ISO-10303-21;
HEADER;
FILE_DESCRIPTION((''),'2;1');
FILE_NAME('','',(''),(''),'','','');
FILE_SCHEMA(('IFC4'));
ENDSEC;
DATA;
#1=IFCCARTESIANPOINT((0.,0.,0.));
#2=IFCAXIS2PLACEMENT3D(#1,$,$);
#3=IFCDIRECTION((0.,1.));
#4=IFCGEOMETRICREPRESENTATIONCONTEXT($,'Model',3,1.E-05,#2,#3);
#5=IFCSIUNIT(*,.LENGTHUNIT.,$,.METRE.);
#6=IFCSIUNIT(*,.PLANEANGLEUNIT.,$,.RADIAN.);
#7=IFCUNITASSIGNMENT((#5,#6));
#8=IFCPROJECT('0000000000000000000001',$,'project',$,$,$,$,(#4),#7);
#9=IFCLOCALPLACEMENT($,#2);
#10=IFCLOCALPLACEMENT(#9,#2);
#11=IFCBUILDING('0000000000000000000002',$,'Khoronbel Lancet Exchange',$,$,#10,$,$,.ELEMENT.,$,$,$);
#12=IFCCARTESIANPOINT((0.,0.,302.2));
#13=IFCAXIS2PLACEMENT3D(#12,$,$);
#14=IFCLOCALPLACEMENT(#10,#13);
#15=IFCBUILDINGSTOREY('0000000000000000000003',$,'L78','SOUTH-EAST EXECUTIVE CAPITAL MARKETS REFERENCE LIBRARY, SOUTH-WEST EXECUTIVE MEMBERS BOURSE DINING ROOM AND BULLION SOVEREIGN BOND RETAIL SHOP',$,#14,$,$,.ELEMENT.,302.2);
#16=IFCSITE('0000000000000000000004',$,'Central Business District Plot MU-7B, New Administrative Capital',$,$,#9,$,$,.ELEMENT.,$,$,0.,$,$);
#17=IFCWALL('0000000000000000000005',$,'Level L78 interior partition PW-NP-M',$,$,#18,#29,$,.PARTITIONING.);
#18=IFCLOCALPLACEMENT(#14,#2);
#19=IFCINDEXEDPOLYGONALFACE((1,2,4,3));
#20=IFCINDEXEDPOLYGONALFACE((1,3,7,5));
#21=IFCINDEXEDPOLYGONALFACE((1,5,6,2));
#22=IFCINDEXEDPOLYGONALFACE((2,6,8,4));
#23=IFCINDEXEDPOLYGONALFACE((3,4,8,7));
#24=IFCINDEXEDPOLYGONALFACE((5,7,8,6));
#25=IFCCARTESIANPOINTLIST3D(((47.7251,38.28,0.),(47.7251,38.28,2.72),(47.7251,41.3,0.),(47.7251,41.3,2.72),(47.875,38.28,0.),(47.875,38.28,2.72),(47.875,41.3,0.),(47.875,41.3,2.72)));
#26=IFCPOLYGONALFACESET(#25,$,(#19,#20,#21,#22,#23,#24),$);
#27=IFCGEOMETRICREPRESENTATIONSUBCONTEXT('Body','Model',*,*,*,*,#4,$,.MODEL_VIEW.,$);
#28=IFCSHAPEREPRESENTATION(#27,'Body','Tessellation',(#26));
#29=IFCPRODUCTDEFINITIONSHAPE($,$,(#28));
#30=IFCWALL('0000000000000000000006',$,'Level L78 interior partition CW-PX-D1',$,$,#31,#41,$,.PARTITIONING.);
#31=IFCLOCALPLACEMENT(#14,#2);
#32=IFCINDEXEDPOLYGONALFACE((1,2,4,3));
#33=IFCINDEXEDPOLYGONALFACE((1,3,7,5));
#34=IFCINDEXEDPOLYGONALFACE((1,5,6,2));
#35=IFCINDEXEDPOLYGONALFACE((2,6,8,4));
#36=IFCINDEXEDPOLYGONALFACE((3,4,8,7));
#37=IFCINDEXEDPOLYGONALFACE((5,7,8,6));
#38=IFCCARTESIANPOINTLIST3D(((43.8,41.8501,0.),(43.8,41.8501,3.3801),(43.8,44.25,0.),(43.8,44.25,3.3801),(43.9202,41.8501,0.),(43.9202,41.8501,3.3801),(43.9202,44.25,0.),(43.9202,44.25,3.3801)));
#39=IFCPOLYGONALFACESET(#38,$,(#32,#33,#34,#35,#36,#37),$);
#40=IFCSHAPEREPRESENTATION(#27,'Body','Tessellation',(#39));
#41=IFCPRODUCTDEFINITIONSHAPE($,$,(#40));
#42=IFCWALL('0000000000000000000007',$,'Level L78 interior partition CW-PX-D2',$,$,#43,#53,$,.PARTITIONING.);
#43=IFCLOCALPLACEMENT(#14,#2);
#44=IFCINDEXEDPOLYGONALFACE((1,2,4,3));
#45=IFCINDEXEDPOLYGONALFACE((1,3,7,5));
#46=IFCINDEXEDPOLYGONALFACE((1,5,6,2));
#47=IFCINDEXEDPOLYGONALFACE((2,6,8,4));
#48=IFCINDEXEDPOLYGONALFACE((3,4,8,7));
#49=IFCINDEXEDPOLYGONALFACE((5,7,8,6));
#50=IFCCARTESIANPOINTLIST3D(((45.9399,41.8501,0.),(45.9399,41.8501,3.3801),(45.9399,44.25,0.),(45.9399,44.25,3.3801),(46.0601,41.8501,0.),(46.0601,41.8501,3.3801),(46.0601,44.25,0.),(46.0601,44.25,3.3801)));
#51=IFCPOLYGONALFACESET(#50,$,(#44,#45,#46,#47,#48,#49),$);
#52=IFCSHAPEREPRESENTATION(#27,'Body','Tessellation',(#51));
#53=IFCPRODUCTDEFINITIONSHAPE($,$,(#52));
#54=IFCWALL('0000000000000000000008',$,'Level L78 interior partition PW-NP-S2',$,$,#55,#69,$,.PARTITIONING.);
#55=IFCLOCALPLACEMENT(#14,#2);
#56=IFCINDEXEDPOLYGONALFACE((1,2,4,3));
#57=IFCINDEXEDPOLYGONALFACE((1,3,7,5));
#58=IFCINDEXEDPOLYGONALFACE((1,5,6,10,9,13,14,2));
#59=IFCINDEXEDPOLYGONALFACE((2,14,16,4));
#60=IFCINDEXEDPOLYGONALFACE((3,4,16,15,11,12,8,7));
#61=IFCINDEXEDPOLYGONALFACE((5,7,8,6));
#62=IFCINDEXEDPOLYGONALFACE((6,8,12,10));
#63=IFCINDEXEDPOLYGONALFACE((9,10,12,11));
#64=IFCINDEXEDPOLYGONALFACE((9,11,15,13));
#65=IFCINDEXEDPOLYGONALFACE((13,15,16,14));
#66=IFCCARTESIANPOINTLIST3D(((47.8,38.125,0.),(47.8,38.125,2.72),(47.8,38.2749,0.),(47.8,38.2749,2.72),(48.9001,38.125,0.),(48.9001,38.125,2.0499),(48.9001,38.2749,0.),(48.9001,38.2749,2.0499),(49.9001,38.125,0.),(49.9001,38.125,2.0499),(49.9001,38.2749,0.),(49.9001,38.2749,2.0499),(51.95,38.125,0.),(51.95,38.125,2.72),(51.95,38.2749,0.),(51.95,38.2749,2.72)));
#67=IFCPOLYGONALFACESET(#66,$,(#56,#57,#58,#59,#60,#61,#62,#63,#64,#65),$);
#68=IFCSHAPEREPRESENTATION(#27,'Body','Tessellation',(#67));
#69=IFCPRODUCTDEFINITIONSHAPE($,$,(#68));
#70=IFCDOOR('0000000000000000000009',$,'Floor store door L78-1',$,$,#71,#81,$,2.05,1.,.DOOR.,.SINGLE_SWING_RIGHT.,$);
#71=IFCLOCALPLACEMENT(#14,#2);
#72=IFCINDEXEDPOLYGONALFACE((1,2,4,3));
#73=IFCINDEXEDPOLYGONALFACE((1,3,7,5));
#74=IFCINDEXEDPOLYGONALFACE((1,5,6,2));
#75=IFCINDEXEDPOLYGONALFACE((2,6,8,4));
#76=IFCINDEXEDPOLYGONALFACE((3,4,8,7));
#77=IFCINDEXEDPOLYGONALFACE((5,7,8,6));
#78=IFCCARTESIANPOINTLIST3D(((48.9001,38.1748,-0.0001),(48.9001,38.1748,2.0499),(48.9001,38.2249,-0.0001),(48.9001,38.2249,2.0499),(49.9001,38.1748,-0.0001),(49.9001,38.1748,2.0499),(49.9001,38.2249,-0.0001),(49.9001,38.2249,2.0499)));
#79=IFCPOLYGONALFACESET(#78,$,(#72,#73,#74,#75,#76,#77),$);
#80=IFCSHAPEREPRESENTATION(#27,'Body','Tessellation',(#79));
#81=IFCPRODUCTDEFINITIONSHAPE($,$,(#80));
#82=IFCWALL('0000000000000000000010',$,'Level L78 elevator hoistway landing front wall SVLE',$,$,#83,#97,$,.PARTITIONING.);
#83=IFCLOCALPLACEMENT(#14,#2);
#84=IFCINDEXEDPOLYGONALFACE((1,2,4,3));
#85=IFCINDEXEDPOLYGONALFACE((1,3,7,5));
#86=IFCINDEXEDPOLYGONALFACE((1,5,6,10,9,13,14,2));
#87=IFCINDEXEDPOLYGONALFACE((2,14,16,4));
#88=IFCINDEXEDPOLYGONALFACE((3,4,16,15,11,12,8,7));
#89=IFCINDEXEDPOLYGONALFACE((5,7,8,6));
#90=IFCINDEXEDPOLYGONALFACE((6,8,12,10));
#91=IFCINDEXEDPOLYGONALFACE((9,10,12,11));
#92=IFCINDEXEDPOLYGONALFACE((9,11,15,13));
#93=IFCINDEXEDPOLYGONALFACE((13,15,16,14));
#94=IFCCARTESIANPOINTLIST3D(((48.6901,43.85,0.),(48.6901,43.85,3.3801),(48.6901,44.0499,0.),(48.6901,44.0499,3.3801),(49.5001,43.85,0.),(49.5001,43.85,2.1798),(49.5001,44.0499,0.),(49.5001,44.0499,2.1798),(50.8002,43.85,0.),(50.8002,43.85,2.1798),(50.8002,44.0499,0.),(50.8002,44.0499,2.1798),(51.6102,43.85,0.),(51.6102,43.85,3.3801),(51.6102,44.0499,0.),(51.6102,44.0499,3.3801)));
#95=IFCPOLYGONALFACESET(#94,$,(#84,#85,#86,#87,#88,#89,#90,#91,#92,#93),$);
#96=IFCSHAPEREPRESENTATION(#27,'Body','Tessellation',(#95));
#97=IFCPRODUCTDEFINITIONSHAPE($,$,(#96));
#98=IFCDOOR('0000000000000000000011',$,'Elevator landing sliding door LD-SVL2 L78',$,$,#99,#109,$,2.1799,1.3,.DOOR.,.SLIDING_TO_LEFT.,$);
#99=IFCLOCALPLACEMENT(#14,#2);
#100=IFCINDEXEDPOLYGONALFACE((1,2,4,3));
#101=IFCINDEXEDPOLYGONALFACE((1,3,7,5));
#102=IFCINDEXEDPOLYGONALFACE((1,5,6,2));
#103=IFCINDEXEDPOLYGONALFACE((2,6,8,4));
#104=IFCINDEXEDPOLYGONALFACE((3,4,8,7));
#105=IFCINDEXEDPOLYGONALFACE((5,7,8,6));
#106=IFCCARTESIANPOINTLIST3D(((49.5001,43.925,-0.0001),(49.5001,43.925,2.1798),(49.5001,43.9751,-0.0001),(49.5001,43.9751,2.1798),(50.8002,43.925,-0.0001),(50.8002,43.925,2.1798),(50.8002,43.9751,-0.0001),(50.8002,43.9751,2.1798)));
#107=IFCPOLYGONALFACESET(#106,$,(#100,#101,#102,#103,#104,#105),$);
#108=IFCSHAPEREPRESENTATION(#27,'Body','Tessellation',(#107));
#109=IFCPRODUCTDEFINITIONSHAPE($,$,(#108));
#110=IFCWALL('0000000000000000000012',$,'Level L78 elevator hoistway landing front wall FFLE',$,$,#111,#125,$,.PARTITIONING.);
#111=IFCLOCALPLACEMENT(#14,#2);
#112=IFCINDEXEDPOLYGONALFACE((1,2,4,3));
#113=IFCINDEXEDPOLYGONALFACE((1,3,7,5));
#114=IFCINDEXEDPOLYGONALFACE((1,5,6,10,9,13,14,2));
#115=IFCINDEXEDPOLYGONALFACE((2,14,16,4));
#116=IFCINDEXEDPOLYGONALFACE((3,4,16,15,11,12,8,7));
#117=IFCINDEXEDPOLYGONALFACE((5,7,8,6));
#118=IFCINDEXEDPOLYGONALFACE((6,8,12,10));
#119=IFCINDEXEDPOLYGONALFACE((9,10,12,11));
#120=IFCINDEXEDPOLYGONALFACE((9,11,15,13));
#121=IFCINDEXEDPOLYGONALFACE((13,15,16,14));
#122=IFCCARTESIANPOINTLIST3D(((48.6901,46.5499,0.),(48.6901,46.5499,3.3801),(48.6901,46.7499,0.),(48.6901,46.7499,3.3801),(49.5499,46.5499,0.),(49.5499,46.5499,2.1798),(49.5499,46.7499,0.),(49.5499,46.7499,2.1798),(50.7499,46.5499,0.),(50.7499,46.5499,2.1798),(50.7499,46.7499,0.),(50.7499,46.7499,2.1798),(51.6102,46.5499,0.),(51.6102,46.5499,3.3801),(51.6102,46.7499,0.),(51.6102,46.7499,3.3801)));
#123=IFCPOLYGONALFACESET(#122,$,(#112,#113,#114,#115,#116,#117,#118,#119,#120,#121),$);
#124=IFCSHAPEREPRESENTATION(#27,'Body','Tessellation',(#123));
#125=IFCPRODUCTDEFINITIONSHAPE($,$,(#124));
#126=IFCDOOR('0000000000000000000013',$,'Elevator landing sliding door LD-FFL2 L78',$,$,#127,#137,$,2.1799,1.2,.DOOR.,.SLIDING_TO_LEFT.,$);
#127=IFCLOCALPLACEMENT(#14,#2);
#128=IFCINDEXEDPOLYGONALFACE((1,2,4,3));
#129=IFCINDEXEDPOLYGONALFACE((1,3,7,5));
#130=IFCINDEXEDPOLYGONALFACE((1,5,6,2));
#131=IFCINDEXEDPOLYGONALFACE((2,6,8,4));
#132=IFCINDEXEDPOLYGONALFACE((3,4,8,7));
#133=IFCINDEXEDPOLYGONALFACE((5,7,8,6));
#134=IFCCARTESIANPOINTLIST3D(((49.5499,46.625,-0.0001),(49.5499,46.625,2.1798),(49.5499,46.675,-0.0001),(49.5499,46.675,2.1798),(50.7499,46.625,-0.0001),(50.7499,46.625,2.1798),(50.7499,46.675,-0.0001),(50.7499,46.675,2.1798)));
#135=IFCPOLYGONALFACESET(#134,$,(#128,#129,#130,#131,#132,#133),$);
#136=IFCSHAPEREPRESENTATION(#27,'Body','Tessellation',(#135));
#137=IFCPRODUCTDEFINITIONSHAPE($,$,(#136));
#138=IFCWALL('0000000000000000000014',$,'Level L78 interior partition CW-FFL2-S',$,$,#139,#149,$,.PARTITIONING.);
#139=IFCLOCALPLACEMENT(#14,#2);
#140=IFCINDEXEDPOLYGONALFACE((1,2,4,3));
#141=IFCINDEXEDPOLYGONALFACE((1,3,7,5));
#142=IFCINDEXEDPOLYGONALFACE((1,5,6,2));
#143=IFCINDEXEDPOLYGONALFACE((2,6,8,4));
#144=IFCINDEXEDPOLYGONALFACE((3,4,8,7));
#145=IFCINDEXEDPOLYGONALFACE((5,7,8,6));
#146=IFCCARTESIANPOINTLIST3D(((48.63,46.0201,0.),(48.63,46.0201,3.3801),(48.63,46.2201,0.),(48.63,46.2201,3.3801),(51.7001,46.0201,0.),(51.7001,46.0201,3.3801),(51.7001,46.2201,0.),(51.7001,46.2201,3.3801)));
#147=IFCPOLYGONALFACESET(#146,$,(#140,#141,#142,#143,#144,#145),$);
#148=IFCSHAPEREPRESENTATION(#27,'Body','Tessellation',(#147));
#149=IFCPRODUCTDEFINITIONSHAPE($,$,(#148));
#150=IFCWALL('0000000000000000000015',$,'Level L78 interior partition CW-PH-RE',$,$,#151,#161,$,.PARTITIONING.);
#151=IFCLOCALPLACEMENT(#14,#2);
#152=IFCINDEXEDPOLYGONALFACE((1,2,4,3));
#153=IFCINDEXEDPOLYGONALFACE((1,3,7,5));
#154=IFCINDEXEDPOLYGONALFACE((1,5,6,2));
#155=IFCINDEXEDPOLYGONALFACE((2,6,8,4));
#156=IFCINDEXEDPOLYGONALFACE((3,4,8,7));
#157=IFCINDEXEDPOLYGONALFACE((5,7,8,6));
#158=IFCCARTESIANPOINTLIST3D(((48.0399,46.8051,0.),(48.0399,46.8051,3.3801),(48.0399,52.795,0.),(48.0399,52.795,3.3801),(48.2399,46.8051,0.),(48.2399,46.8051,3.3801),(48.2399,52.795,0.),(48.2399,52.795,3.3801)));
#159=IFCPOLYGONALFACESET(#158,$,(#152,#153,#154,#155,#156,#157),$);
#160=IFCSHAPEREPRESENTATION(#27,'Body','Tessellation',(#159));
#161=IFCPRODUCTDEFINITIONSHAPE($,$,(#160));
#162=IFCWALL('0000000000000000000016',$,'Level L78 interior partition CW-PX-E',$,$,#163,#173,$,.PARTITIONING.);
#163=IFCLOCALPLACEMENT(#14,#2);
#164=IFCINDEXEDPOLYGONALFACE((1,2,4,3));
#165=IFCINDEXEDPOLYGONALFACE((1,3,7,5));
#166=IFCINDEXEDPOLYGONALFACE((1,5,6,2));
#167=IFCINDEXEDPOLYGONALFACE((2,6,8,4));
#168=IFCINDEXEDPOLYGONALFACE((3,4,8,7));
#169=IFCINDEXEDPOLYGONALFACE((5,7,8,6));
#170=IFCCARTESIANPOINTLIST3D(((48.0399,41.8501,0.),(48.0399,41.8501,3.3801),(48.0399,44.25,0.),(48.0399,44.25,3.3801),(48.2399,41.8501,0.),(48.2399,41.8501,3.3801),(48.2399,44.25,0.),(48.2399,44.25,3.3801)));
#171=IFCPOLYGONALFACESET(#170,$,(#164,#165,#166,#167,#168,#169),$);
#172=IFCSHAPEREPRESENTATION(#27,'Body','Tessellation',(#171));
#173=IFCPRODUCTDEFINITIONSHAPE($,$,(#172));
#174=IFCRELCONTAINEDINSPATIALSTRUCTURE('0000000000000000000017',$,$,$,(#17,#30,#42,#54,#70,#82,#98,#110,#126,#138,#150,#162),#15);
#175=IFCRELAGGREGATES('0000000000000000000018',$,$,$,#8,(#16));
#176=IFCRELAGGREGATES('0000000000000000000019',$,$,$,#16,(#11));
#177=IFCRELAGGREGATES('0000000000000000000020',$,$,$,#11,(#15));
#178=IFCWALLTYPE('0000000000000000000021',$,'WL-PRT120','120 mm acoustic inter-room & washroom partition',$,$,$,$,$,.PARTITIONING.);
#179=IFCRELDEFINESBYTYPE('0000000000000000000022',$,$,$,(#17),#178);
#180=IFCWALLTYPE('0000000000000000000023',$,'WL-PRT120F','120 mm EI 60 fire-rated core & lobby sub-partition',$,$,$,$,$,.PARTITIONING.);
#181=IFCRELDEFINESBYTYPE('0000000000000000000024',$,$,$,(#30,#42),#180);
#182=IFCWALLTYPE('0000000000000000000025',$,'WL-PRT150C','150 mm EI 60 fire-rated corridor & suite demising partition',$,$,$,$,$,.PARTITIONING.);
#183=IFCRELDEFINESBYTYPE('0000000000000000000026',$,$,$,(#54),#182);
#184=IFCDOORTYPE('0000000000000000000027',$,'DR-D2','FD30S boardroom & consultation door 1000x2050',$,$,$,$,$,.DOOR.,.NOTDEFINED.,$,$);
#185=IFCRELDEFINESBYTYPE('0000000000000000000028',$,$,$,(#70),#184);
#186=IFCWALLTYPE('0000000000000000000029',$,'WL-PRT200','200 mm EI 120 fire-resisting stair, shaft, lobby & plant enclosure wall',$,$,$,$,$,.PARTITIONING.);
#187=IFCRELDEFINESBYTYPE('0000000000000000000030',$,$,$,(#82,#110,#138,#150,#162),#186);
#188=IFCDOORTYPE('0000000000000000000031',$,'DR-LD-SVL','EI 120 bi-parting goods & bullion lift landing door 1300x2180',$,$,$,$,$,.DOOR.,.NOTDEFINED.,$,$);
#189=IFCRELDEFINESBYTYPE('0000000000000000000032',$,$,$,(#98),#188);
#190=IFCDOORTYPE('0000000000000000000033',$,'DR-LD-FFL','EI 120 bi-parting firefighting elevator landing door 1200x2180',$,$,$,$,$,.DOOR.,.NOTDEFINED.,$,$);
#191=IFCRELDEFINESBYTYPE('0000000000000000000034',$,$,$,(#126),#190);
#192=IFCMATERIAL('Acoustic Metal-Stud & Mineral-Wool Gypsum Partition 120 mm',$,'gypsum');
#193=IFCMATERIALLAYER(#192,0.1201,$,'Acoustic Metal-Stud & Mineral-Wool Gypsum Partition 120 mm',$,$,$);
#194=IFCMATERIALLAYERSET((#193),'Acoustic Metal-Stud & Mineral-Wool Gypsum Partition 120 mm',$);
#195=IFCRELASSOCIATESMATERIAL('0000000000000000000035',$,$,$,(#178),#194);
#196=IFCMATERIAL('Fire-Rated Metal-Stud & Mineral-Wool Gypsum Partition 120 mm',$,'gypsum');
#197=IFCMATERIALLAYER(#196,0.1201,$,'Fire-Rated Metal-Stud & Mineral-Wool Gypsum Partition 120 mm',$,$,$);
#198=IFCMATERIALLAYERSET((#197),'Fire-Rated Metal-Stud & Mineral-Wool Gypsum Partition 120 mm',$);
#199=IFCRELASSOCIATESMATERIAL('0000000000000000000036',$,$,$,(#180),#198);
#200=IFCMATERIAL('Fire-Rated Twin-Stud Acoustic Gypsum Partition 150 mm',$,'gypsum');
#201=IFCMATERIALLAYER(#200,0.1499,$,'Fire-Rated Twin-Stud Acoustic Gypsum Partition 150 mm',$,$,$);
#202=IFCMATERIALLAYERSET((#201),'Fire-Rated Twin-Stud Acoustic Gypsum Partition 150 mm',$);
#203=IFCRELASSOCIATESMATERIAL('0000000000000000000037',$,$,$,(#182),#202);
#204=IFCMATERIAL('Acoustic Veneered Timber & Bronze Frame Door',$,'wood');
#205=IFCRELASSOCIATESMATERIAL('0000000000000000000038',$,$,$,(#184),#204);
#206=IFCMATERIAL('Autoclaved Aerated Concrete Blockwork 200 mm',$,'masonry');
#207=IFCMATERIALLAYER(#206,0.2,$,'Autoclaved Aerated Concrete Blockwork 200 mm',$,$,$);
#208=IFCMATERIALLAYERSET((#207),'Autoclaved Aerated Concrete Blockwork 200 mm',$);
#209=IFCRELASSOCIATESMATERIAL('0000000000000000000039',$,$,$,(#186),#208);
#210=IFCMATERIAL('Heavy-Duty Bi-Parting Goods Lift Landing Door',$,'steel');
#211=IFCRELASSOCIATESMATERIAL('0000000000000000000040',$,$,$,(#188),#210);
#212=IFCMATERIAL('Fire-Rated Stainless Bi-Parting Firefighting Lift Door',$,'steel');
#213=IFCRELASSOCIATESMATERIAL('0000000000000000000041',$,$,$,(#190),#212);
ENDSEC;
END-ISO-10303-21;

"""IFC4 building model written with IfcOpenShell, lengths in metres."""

from ifc_helpers import new_model, si_unit, direction, frame, frame_2d, origin, place, context, subcontext, project, spatial, rectangle, extrude, material, layer, layer_set, type_object, element, fill, save


model = new_model("IFC4")

# Units and contexts
model_context = context("Model", 3, precision=1e-05, world=origin(), true_north=direction((0.0, 1.0)))
body_context = subcontext(model_context, "Body", "Model", "MODEL_VIEW")
ifc_project = project(units=[si_unit("LENGTHUNIT", "METRE"), si_unit("PLANEANGLEUNIT", "RADIAN")], contexts=[model_context])

# Site, building, storey
site_placement = place(None, origin())
site = spatial("IfcSite", under=ifc_project, at=site_placement, Name="Central Business District Plot MU-7B, New Administrative Capital", CompositionType="ELEMENT", RefElevation=0.0)
building_placement = place(site_placement, origin())
building = spatial("IfcBuilding", under=site, at=building_placement, Name="Khoronbel Lancet Exchange", CompositionType="ELEMENT")
storey_placement = place(building_placement, frame((0.0, 0.0, 302.2)))
storey = spatial("IfcBuildingStorey", under=building, at=storey_placement, Name="L78", Description="SOUTH-EAST EXECUTIVE CAPITAL MARKETS REFERENCE LIBRARY, SOUTH-WEST EXECUTIVE MEMBERS BOURSE DINING ROOM AND BULLION SOVEREIGN BOND RETAIL SHOP", CompositionType="ELEMENT", Elevation=302.2)

# Walls
ifc_material_1 = material(Name="Acoustic Metal-Stud & Mineral-Wool Gypsum Partition 120 mm", Category="gypsum")
ifc_layer_1 = layer(ifc_material_1, 0.1201, Name="Acoustic Metal-Stud & Mineral-Wool Gypsum Partition 120 mm")
ifc_layer_set_1 = layer_set([ifc_layer_1], Name="Acoustic Metal-Stud & Mineral-Wool Gypsum Partition 120 mm")
wall_type_1 = type_object("IfcWallType", Name="WL-PRT120", Description="120 mm acoustic inter-room & washroom partition", PredefinedType="PARTITIONING", material=ifc_layer_set_1)
wall_1_placement = place(storey_placement, frame((47.8, 38.28, 0.0), z_axis=(0.0, 0.0, 1.0), x_axis=(0.0, 1.0, 0.0)))
element("IfcWall", 1, at=wall_1_placement, inside=storey, type_object=wall_type_1, Name="Level L78 interior partition PW-NP-M", PredefinedType="PARTITIONING", context=body_context, shape_type="SweptSolid", body=[
    extrude(rectangle(XDim=3.02, YDim=0.1499, at=frame_2d((1.51, 0.0))), origin(), (0.0, 0.0, 1.0), 2.72),
])
ifc_material_2 = material(Name="Fire-Rated Metal-Stud & Mineral-Wool Gypsum Partition 120 mm", Category="gypsum")
ifc_layer_2 = layer(ifc_material_2, 0.1201, Name="Fire-Rated Metal-Stud & Mineral-Wool Gypsum Partition 120 mm")
ifc_layer_set_2 = layer_set([ifc_layer_2], Name="Fire-Rated Metal-Stud & Mineral-Wool Gypsum Partition 120 mm")
wall_type_2 = type_object("IfcWallType", Name="WL-PRT120F", Description="120 mm EI 60 fire-rated core & lobby sub-partition", PredefinedType="PARTITIONING", material=ifc_layer_set_2)
for number, where, z_axis, x_axis, name in (
    (2, (43.8601, 41.8501, 0.0), (0.0, 0.0, 1.0), (0.0, 1.0, 0.0), "Level L78 interior partition CW-PX-D1"),
    (3, (46.0, 41.8501, 0.0), (0.0, 0.0, 1.0), (0.0, 1.0, 0.0), "Level L78 interior partition CW-PX-D2"),
):
    element("IfcWall", number, at=place(storey_placement, frame(where, z_axis=z_axis, x_axis=x_axis)), inside=storey, type_object=wall_type_2, Name=name, PredefinedType="PARTITIONING", context=body_context, shape_type="SweptSolid", body=[
        extrude(rectangle(XDim=2.3999, YDim=0.1201, at=frame_2d((1.2, 0.0))), origin(), (0.0, 0.0, 1.0), 3.3801),
    ])

# Walls, openings, doors
ifc_material_3 = material(Name="Fire-Rated Twin-Stud Acoustic Gypsum Partition 150 mm", Category="gypsum")
ifc_layer_3 = layer(ifc_material_3, 0.1499, Name="Fire-Rated Twin-Stud Acoustic Gypsum Partition 150 mm")
ifc_layer_set_3 = layer_set([ifc_layer_3], Name="Fire-Rated Twin-Stud Acoustic Gypsum Partition 150 mm")
wall_type_3 = type_object("IfcWallType", Name="WL-PRT150C", Description="150 mm EI 60 fire-rated corridor & suite demising partition", PredefinedType="PARTITIONING", material=ifc_layer_set_3)
wall_2_placement = place(storey_placement, frame((47.8, 38.2, 0.0), z_axis=(0.0, 0.0, 1.0), x_axis=(1.0, 0.0, 0.0)))
wall_2 = element("IfcWall", 4, at=wall_2_placement, inside=storey, type_object=wall_type_3, Name="Level L78 interior partition PW-NP-S2", PredefinedType="PARTITIONING", context=body_context, shape_type="SweptSolid", body=[
    extrude(rectangle(XDim=4.1499, YDim=0.1499, at=frame_2d((2.075, 0.0))), origin(), (0.0, 0.0, 1.0), 2.72),
])
opening_1_placement = place(wall_2_placement, frame((1.1001, 0.0, 0.0)))
opening_1 = element("IfcOpeningElement", 5, at=opening_1_placement, cuts=wall_2, PredefinedType="OPENING", context=body_context, shape_type="SweptSolid", body=[
    extrude(rectangle(XDim=1.0, YDim=2.05, at=frame_2d((0.5, 1.0249))), frame((0.0, 0.085, 0.0), z_axis=(0.0, -1.0, 0.0), x_axis=(1.0, 0.0, 0.0)), (0.0, 0.0, 1.0), 0.1699),
])
ifc_material_4 = material(Name="Acoustic Veneered Timber & Bronze Frame Door", Category="wood")
door_type_1 = type_object("IfcDoorType", Name="DR-D2", Description="FD30S boardroom & consultation door 1000x2050", OperationType="NOTDEFINED", PredefinedType="DOOR", material=ifc_material_4)
door_1_placement = place(opening_1_placement, origin())
door_1 = element("IfcDoor", 6, at=door_1_placement, inside=storey, type_object=door_type_1, Name="Floor store door L78-1", OperationType="SINGLE_SWING_RIGHT", OverallHeight=2.05, OverallWidth=1.0, PredefinedType="DOOR", context=body_context, shape_type="SweptSolid", body=[
    extrude(rectangle(XDim=1.0, YDim=2.05, at=frame_2d((0.5, 1.0249))), frame((0.0, 0.0249, 0.0), z_axis=(0.0, -1.0, 0.0), x_axis=(1.0, 0.0, 0.0)), (0.0, 0.0, 1.0), 0.05),
])
fill(opening_1, door_1)
ifc_material_5 = material(Name="Autoclaved Aerated Concrete Blockwork 200 mm", Category="masonry")
ifc_layer_4 = layer(ifc_material_5, 0.2, Name="Autoclaved Aerated Concrete Blockwork 200 mm")
ifc_layer_set_4 = layer_set([ifc_layer_4], Name="Autoclaved Aerated Concrete Blockwork 200 mm")
wall_type_4 = type_object("IfcWallType", Name="WL-PRT200", Description="200 mm EI 120 fire-resisting stair, shaft, lobby & plant enclosure wall", PredefinedType="PARTITIONING", material=ifc_layer_set_4)
wall_3_placement = place(storey_placement, frame((51.6101, 43.95, 0.0), z_axis=(0.0, 0.0, 1.0), x_axis=(-1.0, 0.0, 0.0)))
wall_3 = element("IfcWall", 7, at=wall_3_placement, inside=storey, type_object=wall_type_4, Name="Level L78 elevator hoistway landing front wall SVLE", PredefinedType="PARTITIONING", context=body_context, shape_type="SweptSolid", body=[
    extrude(rectangle(XDim=2.9202, YDim=0.2, at=frame_2d((1.46, 0.0))), origin(), (0.0, 0.0, 1.0), 3.3801),
])
opening_2_placement = place(wall_3_placement, frame((0.8101, 0.0, 0.0)))
opening_2 = element("IfcOpeningElement", 8, at=opening_2_placement, cuts=wall_3, PredefinedType="OPENING", context=body_context, shape_type="SweptSolid", body=[
    extrude(rectangle(XDim=1.3, YDim=2.1799, at=frame_2d((0.6499, 1.0898))), frame((0.0, 0.1099, 0.0), z_axis=(0.0, -1.0, 0.0), x_axis=(1.0, 0.0, 0.0)), (0.0, 0.0, 1.0), 0.22),
])
ifc_material_6 = material(Name="Heavy-Duty Bi-Parting Goods Lift Landing Door", Category="steel")
door_type_2 = type_object("IfcDoorType", Name="DR-LD-SVL", Description="EI 120 bi-parting goods & bullion lift landing door 1300x2180", OperationType="NOTDEFINED", PredefinedType="DOOR", material=ifc_material_6)
door_2_placement = place(opening_2_placement, origin())
door_2 = element("IfcDoor", 9, at=door_2_placement, inside=storey, type_object=door_type_2, Name="Elevator landing sliding door LD-SVL2 L78", OperationType="SLIDING_TO_LEFT", OverallHeight=2.1799, OverallWidth=1.3, PredefinedType="DOOR", context=body_context, shape_type="SweptSolid", body=[
    extrude(rectangle(XDim=1.3, YDim=2.1799, at=frame_2d((0.6499, 1.0898))), frame((0.0, 0.0249, 0.0), z_axis=(0.0, -1.0, 0.0), x_axis=(1.0, 0.0, 0.0)), (0.0, 0.0, 1.0), 0.05),
])
fill(opening_2, door_2)
wall_4_placement = place(storey_placement, frame((51.6101, 46.6499, 0.0), z_axis=(0.0, 0.0, 1.0), x_axis=(-1.0, 0.0, 0.0)))
wall_4 = element("IfcWall", 10, at=wall_4_placement, inside=storey, type_object=wall_type_4, Name="Level L78 elevator hoistway landing front wall FFLE", PredefinedType="PARTITIONING", context=body_context, shape_type="SweptSolid", body=[
    extrude(rectangle(XDim=2.9202, YDim=0.2, at=frame_2d((1.46, 0.0))), origin(), (0.0, 0.0, 1.0), 3.3801),
])
opening_3_placement = place(wall_4_placement, frame((0.8601, 0.0, 0.0)))
opening_3 = element("IfcOpeningElement", 11, at=opening_3_placement, cuts=wall_4, PredefinedType="OPENING", context=body_context, shape_type="SweptSolid", body=[
    extrude(rectangle(XDim=1.2, YDim=2.1799, at=frame_2d((0.6001, 1.0898))), frame((0.0, 0.1099, 0.0), z_axis=(0.0, -1.0, 0.0), x_axis=(1.0, 0.0, 0.0)), (0.0, 0.0, 1.0), 0.22),
])
ifc_material_7 = material(Name="Fire-Rated Stainless Bi-Parting Firefighting Lift Door", Category="steel")
door_type_3 = type_object("IfcDoorType", Name="DR-LD-FFL", Description="EI 120 bi-parting firefighting elevator landing door 1200x2180", OperationType="NOTDEFINED", PredefinedType="DOOR", material=ifc_material_7)
door_3_placement = place(opening_3_placement, origin())
door_3 = element("IfcDoor", 12, at=door_3_placement, inside=storey, type_object=door_type_3, Name="Elevator landing sliding door LD-FFL2 L78", OperationType="SLIDING_TO_LEFT", OverallHeight=2.1799, OverallWidth=1.2, PredefinedType="DOOR", context=body_context, shape_type="SweptSolid", body=[
    extrude(rectangle(XDim=1.2, YDim=2.1799, at=frame_2d((0.6001, 1.0898))), frame((0.0, 0.0249, 0.0), z_axis=(0.0, -1.0, 0.0), x_axis=(1.0, 0.0, 0.0)), (0.0, 0.0, 1.0), 0.05),
])
fill(opening_3, door_3)

# Walls
wall_5_placement = place(storey_placement, frame((48.6299, 46.1201, 0.0), z_axis=(0.0, 0.0, 1.0), x_axis=(1.0, 0.0, 0.0)))
element("IfcWall", 13, at=wall_5_placement, inside=storey, type_object=wall_type_4, Name="Level L78 interior partition CW-FFL2-S", PredefinedType="PARTITIONING", context=body_context, shape_type="SweptSolid", body=[
    extrude(rectangle(XDim=3.0701, YDim=0.2, at=frame_2d((1.5352, 0.0))), origin(), (0.0, 0.0, 1.0), 3.3801),
])
wall_6_placement = place(storey_placement, frame((48.1399, 46.8049, 0.0), z_axis=(0.0, 0.0, 1.0), x_axis=(0.0, 1.0, 0.0)))
element("IfcWall", 14, at=wall_6_placement, inside=storey, type_object=wall_type_4, Name="Level L78 interior partition CW-PH-RE", PredefinedType="PARTITIONING", context=body_context, shape_type="SweptSolid", body=[
    extrude(rectangle(XDim=5.99, YDim=0.2, at=frame_2d((2.9951, 0.0))), origin(), (0.0, 0.0, 1.0), 3.3801),
])
wall_7_placement = place(storey_placement, frame((48.1399, 41.8501, 0.0), z_axis=(0.0, 0.0, 1.0), x_axis=(0.0, 1.0, 0.0)))
element("IfcWall", 15, at=wall_7_placement, inside=storey, type_object=wall_type_4, Name="Level L78 interior partition CW-PX-E", PredefinedType="PARTITIONING", context=body_context, shape_type="SweptSolid", body=[
    extrude(rectangle(XDim=2.3999, YDim=0.2, at=frame_2d((1.2, 0.0))), origin(), (0.0, 0.0, 1.0), 3.3801),
])

save(model, "model.ifc")
